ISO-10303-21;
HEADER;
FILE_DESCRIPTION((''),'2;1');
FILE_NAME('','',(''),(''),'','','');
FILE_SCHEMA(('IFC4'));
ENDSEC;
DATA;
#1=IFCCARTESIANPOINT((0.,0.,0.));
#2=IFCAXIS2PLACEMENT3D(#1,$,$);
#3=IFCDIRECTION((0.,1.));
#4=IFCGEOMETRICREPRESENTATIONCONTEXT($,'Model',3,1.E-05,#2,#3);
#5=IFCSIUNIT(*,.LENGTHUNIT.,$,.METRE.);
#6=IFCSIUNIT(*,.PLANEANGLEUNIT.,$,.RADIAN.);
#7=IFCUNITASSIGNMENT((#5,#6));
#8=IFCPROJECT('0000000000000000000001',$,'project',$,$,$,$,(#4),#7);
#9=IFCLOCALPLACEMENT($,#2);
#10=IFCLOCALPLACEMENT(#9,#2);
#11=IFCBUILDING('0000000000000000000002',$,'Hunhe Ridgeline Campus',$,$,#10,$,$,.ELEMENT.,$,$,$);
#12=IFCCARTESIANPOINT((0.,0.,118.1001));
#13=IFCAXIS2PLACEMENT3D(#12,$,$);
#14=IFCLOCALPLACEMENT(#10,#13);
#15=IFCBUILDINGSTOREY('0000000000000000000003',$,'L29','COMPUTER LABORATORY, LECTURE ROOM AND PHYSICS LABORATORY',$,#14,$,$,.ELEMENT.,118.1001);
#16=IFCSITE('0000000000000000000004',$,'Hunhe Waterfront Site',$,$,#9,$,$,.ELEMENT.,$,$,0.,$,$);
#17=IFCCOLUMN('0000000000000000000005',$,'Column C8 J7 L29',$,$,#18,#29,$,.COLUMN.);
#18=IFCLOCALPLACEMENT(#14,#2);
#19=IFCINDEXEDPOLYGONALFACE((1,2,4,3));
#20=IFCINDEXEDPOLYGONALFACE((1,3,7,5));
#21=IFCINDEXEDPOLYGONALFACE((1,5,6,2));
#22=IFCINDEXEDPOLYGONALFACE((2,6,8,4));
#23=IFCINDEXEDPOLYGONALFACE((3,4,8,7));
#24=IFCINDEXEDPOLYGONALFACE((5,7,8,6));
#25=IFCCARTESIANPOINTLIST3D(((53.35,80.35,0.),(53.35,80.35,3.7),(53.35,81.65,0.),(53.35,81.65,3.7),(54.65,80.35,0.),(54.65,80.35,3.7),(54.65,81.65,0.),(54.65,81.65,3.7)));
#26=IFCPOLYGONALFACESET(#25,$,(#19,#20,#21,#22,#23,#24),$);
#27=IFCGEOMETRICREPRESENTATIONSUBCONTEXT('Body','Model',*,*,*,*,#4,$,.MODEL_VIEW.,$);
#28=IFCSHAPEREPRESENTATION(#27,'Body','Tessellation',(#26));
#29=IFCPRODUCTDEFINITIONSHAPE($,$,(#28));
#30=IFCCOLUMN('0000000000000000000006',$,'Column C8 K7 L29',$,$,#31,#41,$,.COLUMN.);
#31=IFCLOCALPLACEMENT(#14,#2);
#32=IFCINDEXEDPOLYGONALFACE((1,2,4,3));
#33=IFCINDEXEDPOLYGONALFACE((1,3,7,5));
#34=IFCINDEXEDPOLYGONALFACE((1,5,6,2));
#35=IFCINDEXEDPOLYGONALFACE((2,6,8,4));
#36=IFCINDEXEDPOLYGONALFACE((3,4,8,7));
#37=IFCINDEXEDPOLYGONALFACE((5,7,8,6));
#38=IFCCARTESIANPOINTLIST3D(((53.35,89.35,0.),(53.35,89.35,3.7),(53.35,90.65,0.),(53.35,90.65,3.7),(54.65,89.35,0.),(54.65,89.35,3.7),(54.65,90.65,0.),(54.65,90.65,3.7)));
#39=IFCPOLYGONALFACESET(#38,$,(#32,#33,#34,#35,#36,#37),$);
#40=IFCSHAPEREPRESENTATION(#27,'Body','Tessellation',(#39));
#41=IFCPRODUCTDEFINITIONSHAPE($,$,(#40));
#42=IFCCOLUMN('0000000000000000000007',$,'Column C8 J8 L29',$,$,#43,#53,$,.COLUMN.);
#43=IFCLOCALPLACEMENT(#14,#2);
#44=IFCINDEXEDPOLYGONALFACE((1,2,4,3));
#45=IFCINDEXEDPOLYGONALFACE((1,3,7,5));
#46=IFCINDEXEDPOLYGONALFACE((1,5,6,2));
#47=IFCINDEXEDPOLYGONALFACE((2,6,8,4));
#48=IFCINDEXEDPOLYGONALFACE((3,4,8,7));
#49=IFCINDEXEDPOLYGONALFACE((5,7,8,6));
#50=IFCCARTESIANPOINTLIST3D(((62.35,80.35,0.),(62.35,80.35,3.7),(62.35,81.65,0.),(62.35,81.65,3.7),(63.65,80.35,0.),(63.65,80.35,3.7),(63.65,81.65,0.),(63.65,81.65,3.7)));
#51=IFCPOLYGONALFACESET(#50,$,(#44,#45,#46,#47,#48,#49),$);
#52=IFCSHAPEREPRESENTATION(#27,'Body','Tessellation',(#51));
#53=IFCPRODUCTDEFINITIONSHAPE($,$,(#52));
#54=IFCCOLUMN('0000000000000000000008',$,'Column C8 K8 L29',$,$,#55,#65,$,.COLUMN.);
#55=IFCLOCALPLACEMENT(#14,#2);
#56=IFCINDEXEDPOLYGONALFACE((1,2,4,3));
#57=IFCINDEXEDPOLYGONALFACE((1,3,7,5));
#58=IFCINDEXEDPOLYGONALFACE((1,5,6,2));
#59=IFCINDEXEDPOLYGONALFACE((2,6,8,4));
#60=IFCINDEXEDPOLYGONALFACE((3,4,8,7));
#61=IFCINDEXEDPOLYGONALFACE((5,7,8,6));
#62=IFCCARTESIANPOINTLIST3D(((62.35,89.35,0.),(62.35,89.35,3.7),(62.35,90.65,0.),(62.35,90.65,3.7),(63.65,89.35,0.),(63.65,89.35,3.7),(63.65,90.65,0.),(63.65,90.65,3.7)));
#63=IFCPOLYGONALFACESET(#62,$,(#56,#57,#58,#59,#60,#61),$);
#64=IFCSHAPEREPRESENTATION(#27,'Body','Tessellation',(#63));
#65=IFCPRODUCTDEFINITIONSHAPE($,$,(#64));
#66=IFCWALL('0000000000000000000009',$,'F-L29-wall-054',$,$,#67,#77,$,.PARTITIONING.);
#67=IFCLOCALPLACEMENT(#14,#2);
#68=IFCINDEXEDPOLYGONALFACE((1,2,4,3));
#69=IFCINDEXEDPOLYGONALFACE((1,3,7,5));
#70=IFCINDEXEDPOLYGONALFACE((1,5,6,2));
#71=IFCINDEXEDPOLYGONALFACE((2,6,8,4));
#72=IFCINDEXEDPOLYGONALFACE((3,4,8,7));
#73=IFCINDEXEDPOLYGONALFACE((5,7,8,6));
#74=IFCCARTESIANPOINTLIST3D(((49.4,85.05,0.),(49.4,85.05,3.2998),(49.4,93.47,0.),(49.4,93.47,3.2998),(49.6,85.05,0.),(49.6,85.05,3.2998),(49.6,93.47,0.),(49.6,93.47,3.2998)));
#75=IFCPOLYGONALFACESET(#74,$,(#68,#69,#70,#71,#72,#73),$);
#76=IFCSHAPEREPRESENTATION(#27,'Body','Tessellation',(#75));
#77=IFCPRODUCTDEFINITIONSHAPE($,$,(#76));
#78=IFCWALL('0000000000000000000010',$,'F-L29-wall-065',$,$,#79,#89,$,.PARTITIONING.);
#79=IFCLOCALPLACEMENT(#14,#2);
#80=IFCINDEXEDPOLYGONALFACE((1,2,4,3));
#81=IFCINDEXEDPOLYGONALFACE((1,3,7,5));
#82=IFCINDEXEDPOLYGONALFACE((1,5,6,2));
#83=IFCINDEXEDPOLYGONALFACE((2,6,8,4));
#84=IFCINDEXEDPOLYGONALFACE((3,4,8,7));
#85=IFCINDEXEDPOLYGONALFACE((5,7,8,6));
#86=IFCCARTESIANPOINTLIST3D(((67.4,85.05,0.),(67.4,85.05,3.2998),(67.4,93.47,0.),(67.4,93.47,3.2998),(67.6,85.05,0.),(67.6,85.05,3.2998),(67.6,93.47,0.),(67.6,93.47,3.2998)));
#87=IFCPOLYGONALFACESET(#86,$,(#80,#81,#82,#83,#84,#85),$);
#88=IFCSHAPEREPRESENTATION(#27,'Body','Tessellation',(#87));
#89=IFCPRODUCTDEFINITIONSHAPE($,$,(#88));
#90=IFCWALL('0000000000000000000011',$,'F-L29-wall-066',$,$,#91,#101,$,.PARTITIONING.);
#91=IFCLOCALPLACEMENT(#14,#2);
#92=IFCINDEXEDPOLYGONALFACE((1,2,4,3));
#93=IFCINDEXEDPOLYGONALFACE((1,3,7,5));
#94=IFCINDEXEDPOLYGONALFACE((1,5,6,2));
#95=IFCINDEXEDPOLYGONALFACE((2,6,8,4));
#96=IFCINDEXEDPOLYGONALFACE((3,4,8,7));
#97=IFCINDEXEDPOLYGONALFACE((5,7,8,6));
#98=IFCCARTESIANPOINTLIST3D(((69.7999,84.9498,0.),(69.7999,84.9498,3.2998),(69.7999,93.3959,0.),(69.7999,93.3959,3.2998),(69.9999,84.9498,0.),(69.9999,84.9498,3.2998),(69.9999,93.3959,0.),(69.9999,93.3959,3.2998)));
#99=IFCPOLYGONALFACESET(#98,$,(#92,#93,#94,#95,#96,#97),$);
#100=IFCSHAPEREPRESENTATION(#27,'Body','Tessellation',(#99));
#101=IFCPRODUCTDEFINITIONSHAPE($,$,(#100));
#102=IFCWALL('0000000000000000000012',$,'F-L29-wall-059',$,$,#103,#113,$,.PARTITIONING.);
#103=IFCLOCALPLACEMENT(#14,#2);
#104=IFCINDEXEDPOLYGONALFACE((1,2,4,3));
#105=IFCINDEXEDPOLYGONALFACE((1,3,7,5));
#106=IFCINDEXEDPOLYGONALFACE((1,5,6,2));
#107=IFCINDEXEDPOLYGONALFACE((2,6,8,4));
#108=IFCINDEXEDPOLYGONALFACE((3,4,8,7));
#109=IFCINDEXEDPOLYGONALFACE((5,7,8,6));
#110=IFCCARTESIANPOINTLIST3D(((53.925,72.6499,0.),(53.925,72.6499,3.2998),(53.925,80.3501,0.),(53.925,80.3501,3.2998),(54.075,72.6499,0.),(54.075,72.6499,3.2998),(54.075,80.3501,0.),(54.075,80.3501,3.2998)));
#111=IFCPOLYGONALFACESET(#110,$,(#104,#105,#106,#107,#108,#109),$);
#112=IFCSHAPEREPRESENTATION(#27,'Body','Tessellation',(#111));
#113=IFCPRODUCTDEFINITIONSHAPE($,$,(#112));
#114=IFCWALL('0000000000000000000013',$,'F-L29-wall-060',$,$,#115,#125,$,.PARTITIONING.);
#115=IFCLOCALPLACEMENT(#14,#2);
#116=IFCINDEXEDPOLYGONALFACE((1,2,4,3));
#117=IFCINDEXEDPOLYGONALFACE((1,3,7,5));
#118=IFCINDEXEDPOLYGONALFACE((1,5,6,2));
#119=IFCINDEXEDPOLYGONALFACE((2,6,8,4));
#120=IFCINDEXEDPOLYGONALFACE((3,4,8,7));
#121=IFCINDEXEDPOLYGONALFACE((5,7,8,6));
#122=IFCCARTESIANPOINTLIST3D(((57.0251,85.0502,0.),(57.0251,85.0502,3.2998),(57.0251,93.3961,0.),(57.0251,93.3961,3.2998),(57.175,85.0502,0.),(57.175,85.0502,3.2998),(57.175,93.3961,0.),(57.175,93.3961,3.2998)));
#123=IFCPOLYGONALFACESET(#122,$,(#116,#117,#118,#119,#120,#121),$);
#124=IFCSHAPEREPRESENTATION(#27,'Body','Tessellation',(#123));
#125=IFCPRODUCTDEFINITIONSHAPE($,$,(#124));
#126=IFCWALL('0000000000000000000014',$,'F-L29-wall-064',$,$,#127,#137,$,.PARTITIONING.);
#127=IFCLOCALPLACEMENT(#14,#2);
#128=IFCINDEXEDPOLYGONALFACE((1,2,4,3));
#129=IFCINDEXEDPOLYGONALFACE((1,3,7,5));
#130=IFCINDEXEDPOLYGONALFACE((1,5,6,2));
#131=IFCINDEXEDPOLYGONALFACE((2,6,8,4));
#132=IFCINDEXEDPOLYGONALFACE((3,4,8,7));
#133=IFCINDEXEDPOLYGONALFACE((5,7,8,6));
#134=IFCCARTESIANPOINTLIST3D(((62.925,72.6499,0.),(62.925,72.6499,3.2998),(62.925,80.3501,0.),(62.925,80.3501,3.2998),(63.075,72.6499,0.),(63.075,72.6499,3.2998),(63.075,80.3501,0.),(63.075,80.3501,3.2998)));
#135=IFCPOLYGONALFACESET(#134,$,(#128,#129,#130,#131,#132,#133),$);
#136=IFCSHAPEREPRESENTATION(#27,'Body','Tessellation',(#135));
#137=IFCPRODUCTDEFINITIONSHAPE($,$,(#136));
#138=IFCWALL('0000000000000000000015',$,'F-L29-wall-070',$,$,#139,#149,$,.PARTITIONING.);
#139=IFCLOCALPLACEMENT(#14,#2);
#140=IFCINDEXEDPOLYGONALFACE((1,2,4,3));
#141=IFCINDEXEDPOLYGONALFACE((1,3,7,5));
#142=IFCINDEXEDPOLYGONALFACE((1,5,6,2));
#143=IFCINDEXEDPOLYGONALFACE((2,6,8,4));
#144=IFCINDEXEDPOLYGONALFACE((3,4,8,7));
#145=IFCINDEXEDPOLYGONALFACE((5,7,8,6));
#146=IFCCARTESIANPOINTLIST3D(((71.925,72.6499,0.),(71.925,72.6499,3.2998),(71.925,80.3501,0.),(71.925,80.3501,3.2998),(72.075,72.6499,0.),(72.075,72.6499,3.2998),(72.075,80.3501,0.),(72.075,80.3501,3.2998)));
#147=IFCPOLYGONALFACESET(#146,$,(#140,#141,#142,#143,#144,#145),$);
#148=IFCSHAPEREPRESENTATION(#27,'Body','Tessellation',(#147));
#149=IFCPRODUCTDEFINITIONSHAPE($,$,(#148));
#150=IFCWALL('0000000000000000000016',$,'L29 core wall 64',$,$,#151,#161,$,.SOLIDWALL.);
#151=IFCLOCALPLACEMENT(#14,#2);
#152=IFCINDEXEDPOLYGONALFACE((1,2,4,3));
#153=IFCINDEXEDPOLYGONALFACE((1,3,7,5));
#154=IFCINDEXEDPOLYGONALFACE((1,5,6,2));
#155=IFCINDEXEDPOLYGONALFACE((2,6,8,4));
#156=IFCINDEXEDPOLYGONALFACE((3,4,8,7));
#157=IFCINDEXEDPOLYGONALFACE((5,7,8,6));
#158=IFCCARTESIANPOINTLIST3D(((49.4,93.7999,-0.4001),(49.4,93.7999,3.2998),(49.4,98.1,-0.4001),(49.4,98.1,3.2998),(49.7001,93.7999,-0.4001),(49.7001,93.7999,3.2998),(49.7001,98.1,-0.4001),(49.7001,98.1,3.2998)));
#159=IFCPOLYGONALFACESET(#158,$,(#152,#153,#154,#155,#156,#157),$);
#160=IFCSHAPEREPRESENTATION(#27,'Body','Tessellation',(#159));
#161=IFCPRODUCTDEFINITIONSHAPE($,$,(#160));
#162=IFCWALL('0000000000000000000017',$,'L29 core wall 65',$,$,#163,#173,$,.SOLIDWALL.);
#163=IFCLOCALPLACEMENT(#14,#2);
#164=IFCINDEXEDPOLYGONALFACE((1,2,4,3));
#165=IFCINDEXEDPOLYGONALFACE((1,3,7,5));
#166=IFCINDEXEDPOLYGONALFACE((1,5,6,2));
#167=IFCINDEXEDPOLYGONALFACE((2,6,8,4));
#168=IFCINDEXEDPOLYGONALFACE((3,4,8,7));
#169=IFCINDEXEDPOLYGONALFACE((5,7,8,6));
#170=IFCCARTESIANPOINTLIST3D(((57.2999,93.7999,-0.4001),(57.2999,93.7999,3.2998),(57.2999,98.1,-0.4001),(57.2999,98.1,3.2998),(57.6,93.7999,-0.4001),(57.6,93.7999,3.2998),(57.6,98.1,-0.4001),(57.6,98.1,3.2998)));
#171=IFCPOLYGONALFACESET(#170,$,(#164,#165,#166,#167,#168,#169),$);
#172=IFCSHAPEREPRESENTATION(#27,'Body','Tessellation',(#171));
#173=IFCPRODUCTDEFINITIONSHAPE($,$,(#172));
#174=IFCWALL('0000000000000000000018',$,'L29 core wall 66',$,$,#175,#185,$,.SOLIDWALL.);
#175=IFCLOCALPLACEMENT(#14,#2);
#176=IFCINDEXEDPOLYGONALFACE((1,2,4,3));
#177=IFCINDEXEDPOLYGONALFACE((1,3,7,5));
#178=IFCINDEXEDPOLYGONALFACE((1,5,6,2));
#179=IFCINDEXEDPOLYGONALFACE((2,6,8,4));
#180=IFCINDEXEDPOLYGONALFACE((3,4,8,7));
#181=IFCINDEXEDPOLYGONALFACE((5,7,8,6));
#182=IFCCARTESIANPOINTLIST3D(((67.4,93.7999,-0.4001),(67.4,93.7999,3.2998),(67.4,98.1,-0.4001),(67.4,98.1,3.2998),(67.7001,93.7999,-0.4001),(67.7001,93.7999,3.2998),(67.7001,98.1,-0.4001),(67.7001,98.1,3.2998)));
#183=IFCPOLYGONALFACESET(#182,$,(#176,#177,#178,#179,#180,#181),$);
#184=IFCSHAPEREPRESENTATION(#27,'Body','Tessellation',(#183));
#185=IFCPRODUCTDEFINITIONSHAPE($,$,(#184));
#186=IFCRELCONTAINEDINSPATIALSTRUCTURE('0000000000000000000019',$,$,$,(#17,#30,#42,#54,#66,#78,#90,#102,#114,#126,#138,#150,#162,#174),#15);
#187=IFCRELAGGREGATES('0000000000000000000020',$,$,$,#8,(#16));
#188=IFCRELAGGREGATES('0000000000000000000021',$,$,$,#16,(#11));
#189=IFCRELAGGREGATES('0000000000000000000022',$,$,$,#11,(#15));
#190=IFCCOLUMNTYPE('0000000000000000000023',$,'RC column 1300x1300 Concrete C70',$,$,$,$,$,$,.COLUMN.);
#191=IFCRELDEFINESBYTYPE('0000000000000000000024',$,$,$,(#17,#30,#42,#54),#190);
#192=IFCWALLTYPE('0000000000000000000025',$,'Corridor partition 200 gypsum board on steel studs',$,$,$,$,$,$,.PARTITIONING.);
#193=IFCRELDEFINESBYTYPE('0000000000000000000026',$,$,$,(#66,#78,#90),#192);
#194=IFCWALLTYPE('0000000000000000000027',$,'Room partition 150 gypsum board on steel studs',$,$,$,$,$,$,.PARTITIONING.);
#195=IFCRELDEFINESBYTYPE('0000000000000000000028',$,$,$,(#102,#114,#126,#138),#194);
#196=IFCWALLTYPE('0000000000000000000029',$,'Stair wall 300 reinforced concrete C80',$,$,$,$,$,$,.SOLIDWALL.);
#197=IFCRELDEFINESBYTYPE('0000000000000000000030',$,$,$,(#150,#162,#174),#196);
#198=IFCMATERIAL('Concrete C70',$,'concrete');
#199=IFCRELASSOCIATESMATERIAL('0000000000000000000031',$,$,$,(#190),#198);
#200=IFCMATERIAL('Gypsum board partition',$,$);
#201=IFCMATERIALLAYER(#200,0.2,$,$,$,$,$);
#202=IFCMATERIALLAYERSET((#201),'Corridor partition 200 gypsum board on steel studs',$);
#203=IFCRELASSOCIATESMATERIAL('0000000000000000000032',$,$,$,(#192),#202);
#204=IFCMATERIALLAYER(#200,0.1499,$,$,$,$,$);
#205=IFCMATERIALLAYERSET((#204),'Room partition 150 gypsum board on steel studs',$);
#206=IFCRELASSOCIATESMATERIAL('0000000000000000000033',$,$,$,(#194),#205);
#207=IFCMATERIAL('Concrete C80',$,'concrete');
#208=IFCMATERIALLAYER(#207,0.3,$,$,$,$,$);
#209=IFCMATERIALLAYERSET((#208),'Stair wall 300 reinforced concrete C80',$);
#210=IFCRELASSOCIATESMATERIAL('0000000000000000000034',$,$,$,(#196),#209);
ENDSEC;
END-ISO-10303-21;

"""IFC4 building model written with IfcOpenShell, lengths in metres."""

from ifc_helpers import new_model, si_unit, direction, frame, frame_2d, origin, origin_2d, place, context, subcontext, project, spatial, rectangle, extrude, material, layer, layer_set, material_profile, profile_set, type_object, element, save


model = new_model("IFC4")

# Units and contexts
model_context = context("Model", 3, precision=1e-05, world=origin(), true_north=direction((0.0, 1.0)))
body_context = subcontext(model_context, "Body", "Model", "MODEL_VIEW")
ifc_project = project(units=[si_unit("LENGTHUNIT", "METRE"), si_unit("PLANEANGLEUNIT", "RADIAN")], contexts=[model_context])

# Site, building, storey
site_placement = place(None, origin())
site = spatial("IfcSite", under=ifc_project, at=site_placement, Name="Hunhe Waterfront Site", CompositionType="ELEMENT", RefElevation=0.0)
building_placement = place(site_placement, origin())
building = spatial("IfcBuilding", under=site, at=building_placement, Name="Hunhe Ridgeline Campus", CompositionType="ELEMENT")
storey_placement = place(building_placement, frame((0.0, 0.0, 118.1001)))
storey = spatial("IfcBuildingStorey", under=building, at=storey_placement, Name="L29", Description="COMPUTER LABORATORY, LECTURE ROOM AND PHYSICS LABORATORY", CompositionType="ELEMENT", Elevation=118.1001)

# Columns
ifc_material_1 = material(Name="Concrete C70", Category="concrete")
ifc_material_profile = material_profile(ifc_material_1, rectangle(XDim=1.3, YDim=1.3, at=origin_2d()))
ifc_profile_set = profile_set([ifc_material_profile], Name="Concrete C70")
column_type = type_object("IfcColumnType", Name="RC column 1300x1300 Concrete C70", PredefinedType="COLUMN", material=ifc_profile_set)
for number, where, z_axis, x_axis, name in (
    (1, (54.0, 81.0, 0.0), (0.0, 0.0, 1.0), (1.0, 0.0, 0.0), "Column C8 J7 L29"),
    (2, (54.0, 90.0, 0.0), (0.0, 0.0, 1.0), (1.0, 0.0, 0.0), "Column C8 K7 L29"),
    (3, (63.0, 81.0, 0.0), (0.0, 0.0, 1.0), (1.0, 0.0, 0.0), "Column C8 J8 L29"),
    (4, (63.0, 90.0, 0.0), (0.0, 0.0, 1.0), (1.0, 0.0, 0.0), "Column C8 K8 L29"),
):
    element("IfcColumn", number, at=place(storey_placement, frame(where, z_axis=z_axis, x_axis=x_axis)), inside=storey, type_object=column_type, Name=name, PredefinedType="COLUMN", context=body_context, shape_type="SweptSolid", body=[
        extrude(rectangle(XDim=1.3, YDim=1.3, at=origin_2d()), origin(), (0.0, 0.0, 1.0), 3.7),
    ])

# Shared definitions
ifc_material_2 = material(Name="Gypsum board partition")
ifc_layer_1 = layer(ifc_material_2, 0.2)
ifc_layer_set_1 = layer_set([ifc_layer_1], Name="Corridor partition 200 gypsum board on steel studs")
wall_type_1 = type_object("IfcWallType", Name="Corridor partition 200 gypsum board on steel studs", PredefinedType="PARTITIONING", material=ifc_layer_set_1)

# Wall
wall_1_placement = place(storey_placement, frame((49.5, 85.05, 0.0), z_axis=(0.0, 0.0, 1.0), x_axis=(0.0, 1.0, 0.0)))
element("IfcWall", 5, at=wall_1_placement, inside=storey, type_object=wall_type_1, Name="F-L29-wall-054", PredefinedType="PARTITIONING", context=body_context, shape_type="SweptSolid", body=[
    extrude(rectangle(XDim=8.4199, YDim=0.2, at=frame_2d((4.21, 0.0))), origin(), (0.0, 0.0, 1.0), 3.2998),
])

# Walls
wall_2_placement = place(storey_placement, frame((67.5, 85.05, 0.0), z_axis=(0.0, 0.0, 1.0), x_axis=(0.0, 1.0, 0.0)))
element("IfcWall", 6, at=wall_2_placement, inside=storey, type_object=wall_type_1, Name="F-L29-wall-065", PredefinedType="PARTITIONING", context=body_context, shape_type="SweptSolid", body=[
    extrude(rectangle(XDim=8.4199, YDim=0.2, at=frame_2d((4.21, 0.0))), origin(), (0.0, 0.0, 1.0), 3.2998),
])
wall_3_placement = place(storey_placement, frame((69.8999, 93.396, 0.0), z_axis=(0.0, 0.0, 1.0), x_axis=(0.0, -1.0, 0.0)))
element("IfcWall", 7, at=wall_3_placement, inside=storey, type_object=wall_type_1, Name="F-L29-wall-066", PredefinedType="PARTITIONING", context=body_context, shape_type="SweptSolid", body=[
    extrude(rectangle(XDim=8.446, YDim=0.2, at=frame_2d((4.2231, 0.0))), origin(), (0.0, 0.0, 1.0), 3.2998),
])
ifc_layer_2 = layer(ifc_material_2, 0.1499)
ifc_layer_set_2 = layer_set([ifc_layer_2], Name="Room partition 150 gypsum board on steel studs")
wall_type_2 = type_object("IfcWallType", Name="Room partition 150 gypsum board on steel studs", PredefinedType="PARTITIONING", material=ifc_layer_set_2)
wall_4_placement = place(storey_placement, frame((54.0, 80.3501, 0.0), z_axis=(0.0, 0.0, 1.0), x_axis=(0.0, -1.0, 0.0)))
element("IfcWall", 8, at=wall_4_placement, inside=storey, type_object=wall_type_2, Name="F-L29-wall-059", PredefinedType="PARTITIONING", context=body_context, shape_type="SweptSolid", body=[
    extrude(rectangle(XDim=7.7002, YDim=0.1499, at=frame_2d((3.8501, 0.0))), origin(), (0.0, 0.0, 1.0), 3.2998),
])
wall_5_placement = place(storey_placement, frame((57.1001, 93.396, 0.0), z_axis=(0.0, 0.0, 1.0), x_axis=(0.0, -1.0, 0.0)))
element("IfcWall", 9, at=wall_5_placement, inside=storey, type_object=wall_type_2, Name="F-L29-wall-060", PredefinedType="PARTITIONING", context=body_context, shape_type="SweptSolid", body=[
    extrude(rectangle(XDim=8.3459, YDim=0.1499, at=frame_2d((4.1729, 0.0))), origin(), (0.0, 0.0, 1.0), 3.2998),
])
for number, where, z_axis, x_axis, name in (
    (10, (63.0, 80.3501, 0.0), (0.0, 0.0, 1.0), (0.0, -1.0, 0.0), "F-L29-wall-064"),
    (11, (72.0, 80.3501, 0.0), (0.0, 0.0, 1.0), (0.0, -1.0, 0.0), "F-L29-wall-070"),
):
    element("IfcWall", number, at=place(storey_placement, frame(where, z_axis=z_axis, x_axis=x_axis)), inside=storey, type_object=wall_type_2, Name=name, PredefinedType="PARTITIONING", context=body_context, shape_type="SweptSolid", body=[
        extrude(rectangle(XDim=7.7002, YDim=0.1499, at=frame_2d((3.8501, 0.0))), origin(), (0.0, 0.0, 1.0), 3.2998),
    ])

# Shared definitions
ifc_material_3 = material(Name="Concrete C80", Category="concrete")
ifc_layer_3 = layer(ifc_material_3, 0.3)
ifc_layer_set_3 = layer_set([ifc_layer_3], Name="Stair wall 300 reinforced concrete C80")
wall_type_3 = type_object("IfcWallType", Name="Stair wall 300 reinforced concrete C80", PredefinedType="SOLIDWALL", material=ifc_layer_set_3)

# Walls
for number, where, z_axis, x_axis, name in (
    (12, (49.55, 93.8, -0.4001), (0.0, 0.0, 1.0), (0.0, 1.0, 0.0), "L29 core wall 64"),
    (13, (57.45, 93.8, -0.4001), (0.0, 0.0, 1.0), (0.0, 1.0, 0.0), "L29 core wall 65"),
    (14, (67.55, 93.8, -0.4001), (0.0, 0.0, 1.0), (0.0, 1.0, 0.0), "L29 core wall 66"),
):
    element("IfcWall", number, at=place(storey_placement, frame(where, z_axis=z_axis, x_axis=x_axis)), inside=storey, type_object=wall_type_3, Name=name, PredefinedType="SOLIDWALL", context=body_context, shape_type="SweptSolid", body=[
        extrude(rectangle(XDim=4.3, YDim=0.3, at=frame_2d((2.1499, 0.0))), origin(), (0.0, 0.0, 1.0), 3.7),
    ])

save(model, "model.ifc")
